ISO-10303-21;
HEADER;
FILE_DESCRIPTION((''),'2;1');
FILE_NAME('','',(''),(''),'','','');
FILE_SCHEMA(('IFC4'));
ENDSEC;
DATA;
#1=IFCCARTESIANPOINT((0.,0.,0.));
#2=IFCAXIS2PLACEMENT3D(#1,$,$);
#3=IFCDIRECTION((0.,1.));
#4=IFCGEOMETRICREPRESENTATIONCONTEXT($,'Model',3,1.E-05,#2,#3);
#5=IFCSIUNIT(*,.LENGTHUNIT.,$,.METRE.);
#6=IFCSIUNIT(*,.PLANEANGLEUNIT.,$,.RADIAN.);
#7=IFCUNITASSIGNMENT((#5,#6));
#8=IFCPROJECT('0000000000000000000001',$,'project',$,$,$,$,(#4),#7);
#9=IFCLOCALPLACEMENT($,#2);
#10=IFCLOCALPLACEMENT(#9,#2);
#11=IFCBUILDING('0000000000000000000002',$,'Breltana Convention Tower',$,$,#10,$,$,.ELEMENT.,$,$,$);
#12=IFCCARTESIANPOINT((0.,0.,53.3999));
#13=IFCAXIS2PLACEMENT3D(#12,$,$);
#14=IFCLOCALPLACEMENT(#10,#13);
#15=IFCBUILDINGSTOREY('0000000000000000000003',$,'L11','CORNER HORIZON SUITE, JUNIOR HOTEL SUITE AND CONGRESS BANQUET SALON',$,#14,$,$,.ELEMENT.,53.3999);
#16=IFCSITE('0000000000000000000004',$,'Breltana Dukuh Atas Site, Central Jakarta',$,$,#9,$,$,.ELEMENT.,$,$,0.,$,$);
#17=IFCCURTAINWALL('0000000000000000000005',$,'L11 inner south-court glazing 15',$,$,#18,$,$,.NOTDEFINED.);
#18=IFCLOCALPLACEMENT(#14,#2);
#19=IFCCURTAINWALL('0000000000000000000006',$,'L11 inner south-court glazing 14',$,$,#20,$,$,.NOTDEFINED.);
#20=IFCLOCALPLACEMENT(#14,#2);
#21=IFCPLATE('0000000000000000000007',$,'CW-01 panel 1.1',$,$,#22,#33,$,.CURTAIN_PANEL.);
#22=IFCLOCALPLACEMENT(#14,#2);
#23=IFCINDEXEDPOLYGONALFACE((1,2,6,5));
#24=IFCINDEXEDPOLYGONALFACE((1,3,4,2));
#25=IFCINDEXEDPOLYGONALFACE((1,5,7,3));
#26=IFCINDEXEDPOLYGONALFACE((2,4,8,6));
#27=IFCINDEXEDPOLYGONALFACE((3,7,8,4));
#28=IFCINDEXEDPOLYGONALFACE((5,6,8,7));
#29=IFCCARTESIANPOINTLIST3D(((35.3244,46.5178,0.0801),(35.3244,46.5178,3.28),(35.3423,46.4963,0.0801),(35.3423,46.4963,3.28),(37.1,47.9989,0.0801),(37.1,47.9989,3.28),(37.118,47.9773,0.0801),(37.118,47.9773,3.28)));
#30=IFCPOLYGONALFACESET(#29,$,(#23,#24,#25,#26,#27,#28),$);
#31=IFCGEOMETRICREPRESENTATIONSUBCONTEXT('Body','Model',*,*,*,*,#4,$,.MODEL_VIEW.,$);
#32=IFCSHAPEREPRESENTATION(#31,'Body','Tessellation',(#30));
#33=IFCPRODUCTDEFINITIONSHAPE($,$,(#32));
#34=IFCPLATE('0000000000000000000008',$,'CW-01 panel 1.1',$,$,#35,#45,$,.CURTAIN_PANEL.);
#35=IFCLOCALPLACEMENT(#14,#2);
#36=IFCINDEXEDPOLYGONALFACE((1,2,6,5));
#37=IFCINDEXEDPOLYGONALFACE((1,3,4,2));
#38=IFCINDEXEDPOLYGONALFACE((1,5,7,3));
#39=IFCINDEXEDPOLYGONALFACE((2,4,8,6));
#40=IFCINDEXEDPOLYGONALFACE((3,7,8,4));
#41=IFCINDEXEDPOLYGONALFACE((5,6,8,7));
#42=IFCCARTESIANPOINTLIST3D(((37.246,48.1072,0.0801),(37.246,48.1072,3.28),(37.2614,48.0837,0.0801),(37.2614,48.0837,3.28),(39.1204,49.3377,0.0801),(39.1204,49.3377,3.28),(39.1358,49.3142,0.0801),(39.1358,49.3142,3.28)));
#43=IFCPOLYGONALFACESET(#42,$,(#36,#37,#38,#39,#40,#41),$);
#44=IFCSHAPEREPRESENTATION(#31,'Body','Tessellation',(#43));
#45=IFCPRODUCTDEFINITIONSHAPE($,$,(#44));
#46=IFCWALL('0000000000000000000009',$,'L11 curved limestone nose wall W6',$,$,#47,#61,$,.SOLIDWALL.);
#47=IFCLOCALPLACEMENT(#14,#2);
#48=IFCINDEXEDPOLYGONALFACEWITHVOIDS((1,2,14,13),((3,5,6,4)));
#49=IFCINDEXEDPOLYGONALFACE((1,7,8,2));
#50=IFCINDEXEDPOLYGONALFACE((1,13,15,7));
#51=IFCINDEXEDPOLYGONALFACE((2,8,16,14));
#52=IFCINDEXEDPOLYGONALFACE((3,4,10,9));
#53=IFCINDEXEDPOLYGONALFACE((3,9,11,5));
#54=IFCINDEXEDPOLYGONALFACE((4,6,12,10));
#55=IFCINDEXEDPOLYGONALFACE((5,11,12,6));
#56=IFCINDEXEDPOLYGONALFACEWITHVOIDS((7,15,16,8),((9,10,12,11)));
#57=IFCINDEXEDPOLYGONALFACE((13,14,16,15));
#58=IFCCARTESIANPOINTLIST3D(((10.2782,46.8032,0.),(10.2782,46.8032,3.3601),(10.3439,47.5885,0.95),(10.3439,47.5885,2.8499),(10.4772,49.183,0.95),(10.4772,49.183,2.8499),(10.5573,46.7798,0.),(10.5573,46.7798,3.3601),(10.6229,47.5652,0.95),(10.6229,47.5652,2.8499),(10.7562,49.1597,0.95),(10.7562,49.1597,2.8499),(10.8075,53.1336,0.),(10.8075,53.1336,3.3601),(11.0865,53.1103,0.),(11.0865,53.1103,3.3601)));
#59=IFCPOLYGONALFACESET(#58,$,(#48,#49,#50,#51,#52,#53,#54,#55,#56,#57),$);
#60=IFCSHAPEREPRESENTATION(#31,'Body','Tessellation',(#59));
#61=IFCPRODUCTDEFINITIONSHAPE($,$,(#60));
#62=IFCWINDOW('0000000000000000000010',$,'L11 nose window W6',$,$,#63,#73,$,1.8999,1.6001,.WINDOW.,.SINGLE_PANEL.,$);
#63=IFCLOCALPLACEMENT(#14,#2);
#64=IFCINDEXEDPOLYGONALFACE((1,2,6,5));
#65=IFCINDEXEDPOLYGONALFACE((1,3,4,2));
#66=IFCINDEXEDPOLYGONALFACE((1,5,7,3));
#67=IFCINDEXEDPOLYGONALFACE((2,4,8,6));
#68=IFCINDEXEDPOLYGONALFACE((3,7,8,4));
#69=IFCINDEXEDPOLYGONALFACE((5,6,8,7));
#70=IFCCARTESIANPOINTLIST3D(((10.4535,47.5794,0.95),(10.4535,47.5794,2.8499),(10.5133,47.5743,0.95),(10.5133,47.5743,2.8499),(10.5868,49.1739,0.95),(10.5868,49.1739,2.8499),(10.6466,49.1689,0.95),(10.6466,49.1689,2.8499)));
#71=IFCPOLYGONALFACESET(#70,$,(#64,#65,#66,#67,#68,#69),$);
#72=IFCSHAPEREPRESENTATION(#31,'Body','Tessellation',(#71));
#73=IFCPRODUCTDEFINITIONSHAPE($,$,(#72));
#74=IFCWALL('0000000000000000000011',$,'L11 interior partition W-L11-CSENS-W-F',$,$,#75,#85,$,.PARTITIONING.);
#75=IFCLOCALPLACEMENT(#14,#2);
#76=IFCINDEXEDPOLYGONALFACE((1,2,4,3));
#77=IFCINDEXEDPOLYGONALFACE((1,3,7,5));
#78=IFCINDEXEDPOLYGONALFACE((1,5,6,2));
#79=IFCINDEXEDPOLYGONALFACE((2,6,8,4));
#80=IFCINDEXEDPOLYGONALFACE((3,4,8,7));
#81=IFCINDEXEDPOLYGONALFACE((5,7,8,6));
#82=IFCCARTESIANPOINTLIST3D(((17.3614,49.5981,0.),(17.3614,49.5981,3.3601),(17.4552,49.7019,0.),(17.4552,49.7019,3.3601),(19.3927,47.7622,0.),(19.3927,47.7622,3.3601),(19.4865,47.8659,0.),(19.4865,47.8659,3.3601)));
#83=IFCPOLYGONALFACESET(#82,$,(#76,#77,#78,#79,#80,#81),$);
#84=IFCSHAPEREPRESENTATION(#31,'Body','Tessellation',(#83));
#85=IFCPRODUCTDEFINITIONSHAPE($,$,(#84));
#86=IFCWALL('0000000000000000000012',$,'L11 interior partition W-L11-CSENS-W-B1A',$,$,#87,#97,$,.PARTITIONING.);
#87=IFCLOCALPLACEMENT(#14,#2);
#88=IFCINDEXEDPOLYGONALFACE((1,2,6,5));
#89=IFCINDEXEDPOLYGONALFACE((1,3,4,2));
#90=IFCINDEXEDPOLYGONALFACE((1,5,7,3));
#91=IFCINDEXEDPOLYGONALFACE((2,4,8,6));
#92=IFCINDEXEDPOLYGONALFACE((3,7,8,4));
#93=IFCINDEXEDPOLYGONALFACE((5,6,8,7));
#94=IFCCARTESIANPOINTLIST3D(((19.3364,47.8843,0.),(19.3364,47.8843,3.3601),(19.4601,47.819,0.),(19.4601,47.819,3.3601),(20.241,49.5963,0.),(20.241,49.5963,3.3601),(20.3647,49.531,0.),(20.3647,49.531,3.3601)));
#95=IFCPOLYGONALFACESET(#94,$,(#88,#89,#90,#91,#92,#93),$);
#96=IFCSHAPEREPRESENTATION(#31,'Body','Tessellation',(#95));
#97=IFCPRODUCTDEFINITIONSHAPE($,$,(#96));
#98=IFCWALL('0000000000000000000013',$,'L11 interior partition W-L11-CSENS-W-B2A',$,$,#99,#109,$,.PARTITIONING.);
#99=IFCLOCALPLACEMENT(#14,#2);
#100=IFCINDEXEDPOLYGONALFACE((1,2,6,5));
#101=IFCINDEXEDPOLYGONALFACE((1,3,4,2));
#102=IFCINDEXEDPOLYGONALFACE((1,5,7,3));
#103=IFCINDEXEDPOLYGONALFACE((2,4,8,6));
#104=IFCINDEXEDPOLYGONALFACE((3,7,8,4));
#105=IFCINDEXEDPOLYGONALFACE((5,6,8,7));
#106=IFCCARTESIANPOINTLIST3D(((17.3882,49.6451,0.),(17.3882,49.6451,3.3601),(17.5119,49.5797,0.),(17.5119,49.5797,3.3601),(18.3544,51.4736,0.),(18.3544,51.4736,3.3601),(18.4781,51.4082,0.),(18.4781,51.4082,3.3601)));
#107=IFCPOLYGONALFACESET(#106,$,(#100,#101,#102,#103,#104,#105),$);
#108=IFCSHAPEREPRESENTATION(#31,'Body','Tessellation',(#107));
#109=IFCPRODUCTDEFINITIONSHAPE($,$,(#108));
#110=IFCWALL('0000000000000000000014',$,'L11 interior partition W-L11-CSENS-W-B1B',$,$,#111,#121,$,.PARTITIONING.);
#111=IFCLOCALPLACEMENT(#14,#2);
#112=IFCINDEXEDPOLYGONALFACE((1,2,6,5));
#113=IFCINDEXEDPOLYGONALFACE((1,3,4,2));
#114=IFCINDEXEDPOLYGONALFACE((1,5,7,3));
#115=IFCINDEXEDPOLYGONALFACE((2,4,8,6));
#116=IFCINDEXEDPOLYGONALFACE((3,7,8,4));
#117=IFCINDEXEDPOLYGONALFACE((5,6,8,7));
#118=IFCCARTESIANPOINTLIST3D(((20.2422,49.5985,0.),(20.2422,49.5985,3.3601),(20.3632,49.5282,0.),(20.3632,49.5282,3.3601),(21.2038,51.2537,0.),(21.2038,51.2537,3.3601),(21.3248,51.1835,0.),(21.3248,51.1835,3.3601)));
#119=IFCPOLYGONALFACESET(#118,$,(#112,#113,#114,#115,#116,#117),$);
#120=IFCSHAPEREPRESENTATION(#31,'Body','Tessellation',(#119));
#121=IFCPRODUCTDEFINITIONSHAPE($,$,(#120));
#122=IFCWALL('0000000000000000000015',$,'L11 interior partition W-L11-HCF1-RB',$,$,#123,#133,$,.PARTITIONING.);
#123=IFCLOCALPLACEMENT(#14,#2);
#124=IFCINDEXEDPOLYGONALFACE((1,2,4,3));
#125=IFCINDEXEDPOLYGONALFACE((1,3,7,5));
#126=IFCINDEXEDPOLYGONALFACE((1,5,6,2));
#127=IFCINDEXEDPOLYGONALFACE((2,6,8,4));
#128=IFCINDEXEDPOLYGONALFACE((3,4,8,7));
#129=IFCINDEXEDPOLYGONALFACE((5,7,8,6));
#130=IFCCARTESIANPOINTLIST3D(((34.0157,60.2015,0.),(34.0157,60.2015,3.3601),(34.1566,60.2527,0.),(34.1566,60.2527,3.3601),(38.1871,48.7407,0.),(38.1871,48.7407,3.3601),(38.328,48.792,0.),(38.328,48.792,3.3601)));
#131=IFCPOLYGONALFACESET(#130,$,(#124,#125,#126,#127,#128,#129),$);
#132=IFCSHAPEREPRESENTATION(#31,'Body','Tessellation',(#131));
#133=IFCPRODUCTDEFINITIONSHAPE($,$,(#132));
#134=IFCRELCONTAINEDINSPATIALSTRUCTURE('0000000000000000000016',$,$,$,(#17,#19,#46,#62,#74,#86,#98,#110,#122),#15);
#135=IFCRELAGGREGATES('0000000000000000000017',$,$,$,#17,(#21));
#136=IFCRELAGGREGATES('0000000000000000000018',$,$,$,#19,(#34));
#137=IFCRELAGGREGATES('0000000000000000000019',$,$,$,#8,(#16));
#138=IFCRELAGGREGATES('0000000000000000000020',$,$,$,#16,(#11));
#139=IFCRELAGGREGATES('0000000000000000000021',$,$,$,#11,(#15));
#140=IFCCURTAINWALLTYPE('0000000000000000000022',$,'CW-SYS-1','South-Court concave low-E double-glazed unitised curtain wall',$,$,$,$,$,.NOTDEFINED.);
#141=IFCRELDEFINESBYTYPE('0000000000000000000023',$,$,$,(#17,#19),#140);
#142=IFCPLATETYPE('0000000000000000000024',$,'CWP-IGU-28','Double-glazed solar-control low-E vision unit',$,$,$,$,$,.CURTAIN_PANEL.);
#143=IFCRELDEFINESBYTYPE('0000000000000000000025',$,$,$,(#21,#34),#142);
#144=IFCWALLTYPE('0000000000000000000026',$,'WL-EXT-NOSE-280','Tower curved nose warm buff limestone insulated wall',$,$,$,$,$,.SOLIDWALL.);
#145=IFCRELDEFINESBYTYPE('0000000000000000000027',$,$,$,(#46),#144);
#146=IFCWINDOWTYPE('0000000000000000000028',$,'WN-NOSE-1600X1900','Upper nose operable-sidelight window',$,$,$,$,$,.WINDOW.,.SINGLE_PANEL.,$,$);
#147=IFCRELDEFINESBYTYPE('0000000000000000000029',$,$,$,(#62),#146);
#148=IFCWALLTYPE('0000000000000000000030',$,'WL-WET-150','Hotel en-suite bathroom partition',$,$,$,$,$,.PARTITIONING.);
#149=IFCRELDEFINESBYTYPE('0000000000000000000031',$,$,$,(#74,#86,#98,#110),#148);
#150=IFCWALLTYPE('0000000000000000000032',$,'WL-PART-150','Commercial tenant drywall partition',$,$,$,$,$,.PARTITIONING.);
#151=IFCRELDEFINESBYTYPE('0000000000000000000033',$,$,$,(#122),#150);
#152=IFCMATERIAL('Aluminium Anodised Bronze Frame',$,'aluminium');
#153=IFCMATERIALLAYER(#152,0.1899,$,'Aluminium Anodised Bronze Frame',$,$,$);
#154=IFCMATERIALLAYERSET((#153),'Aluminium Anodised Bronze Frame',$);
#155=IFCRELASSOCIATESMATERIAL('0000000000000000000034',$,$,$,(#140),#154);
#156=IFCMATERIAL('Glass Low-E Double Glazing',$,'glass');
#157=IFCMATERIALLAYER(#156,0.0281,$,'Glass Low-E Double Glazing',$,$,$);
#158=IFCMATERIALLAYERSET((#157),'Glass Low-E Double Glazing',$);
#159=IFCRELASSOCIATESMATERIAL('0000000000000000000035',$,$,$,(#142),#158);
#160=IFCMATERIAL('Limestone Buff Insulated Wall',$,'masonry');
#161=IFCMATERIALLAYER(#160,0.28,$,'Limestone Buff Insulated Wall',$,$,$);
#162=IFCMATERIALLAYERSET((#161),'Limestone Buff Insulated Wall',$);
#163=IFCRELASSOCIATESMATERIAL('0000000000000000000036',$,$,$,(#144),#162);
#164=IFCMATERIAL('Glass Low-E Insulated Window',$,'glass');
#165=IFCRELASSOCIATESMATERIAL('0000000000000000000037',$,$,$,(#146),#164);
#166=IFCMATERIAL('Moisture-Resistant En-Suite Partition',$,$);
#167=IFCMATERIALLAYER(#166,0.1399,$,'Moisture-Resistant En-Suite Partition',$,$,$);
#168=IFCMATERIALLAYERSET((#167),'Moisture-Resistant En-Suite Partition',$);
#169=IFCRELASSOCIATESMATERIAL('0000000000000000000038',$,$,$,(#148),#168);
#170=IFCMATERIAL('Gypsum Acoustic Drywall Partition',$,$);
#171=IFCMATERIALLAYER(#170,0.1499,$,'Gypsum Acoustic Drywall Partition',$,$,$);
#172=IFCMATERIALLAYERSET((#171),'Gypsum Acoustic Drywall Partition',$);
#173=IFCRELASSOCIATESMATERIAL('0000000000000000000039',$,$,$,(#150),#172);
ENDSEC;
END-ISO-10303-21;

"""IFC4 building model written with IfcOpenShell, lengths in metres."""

from ifc_helpers import new_model, si_unit, direction, frame, frame_2d, origin, origin_2d, place, context, subcontext, project, spatial, rectangle, extrude, source, transform, mapped, material, layer, layer_set, type_object, type_shapes, element, fill, aggregate, save


model = new_model("IFC4")

# Units and contexts
model_context = context("Model", 3, precision=1e-05, world=origin(), true_north=direction((0.0, 1.0)))
body_context = subcontext(model_context, "Body", "Model", "MODEL_VIEW")
ifc_project = project(units=[si_unit("LENGTHUNIT", "METRE"), si_unit("PLANEANGLEUNIT", "RADIAN")], contexts=[model_context])

# Site, building, storey
site_placement = place(None, origin())
site = spatial("IfcSite", under=ifc_project, at=site_placement, Name="Breltana Dukuh Atas Site, Central Jakarta", CompositionType="ELEMENT", RefElevation=0.0)
building_placement = place(site_placement, origin())
building = spatial("IfcBuilding", under=site, at=building_placement, Name="Breltana Convention Tower", CompositionType="ELEMENT")
storey_placement = place(building_placement, frame((0.0, 0.0, 53.3999)))
storey = spatial("IfcBuildingStorey", under=building, at=storey_placement, Name="L11", Description="CORNER HORIZON SUITE, JUNIOR HOTEL SUITE AND CONGRESS BANQUET SALON", CompositionType="ELEMENT", Elevation=53.3999)

# Curtain walls
ifc_material_1 = material(Name="Aluminium Anodised Bronze Frame", Category="aluminium")
ifc_layer_1 = layer(ifc_material_1, 0.1899, Name="Aluminium Anodised Bronze Frame")
ifc_layer_set_1 = layer_set([ifc_layer_1], Name="Aluminium Anodised Bronze Frame")
curtain_wall_type = type_object("IfcCurtainWallType", Name="CW-SYS-1", Description="South-Court concave low-E double-glazed unitised curtain wall", PredefinedType="NOTDEFINED", material=ifc_layer_set_1)
curtain_wall_1_placement = place(storey_placement, origin())
curtain_wall_1 = element("IfcCurtainWall", 1, at=curtain_wall_1_placement, inside=storey, type_object=curtain_wall_type, Name="L11 inner south-court glazing 15", PredefinedType="NOTDEFINED")
curtain_wall_2_placement = place(storey_placement, origin())
curtain_wall_2 = element("IfcCurtainWall", 2, at=curtain_wall_2_placement, inside=storey, type_object=curtain_wall_type, Name="L11 inner south-court glazing 14", PredefinedType="NOTDEFINED")

# Plates
ifc_material_2 = material(Name="Glass Low-E Double Glazing", Category="glass")
ifc_layer_2 = layer(ifc_material_2, 0.0281, Name="Glass Low-E Double Glazing")
ifc_layer_set_2 = layer_set([ifc_layer_2], Name="Glass Low-E Double Glazing")
plate_type = type_object("IfcPlateType", Name="CWP-IGU-28", Description="Double-glazed solar-control low-E vision unit", PredefinedType="CURTAIN_PANEL", material=ifc_layer_set_2)
shared_shape_1 = source(origin(), body_context, "Body", "SweptSolid", [
    extrude(rectangle(XDim=2.3123, YDim=0.0281, at=origin_2d()), origin(), (0.0, 0.0, 1.0), 3.2),
])
plate_1_placement = place(storey_placement, frame((36.2212, 47.2476, 0.0801), z_axis=(0.0, 0.0, 1.0), x_axis=(-0.767939, -0.640523, 0.0)))
plate_1 = element("IfcPlate", 3, at=plate_1_placement, type_object=plate_type, Name="CW-01 panel 1.1", PredefinedType="CURTAIN_PANEL", context=body_context, shape_type="MappedRepresentation", body=[
    mapped(shared_shape_1, transform((0.0, 0.0, 0.0), scale=1.0)),
])
aggregate(curtain_wall_1, [plate_1])
shared_shape_2 = source(origin(), body_context, "Body", "SweptSolid", [
    extrude(rectangle(XDim=2.2422, YDim=0.0281, at=origin_2d()), origin(), (0.0, 0.0, 1.0), 3.2),
])
plate_2_placement = place(storey_placement, frame((38.1909, 48.7107, 0.0801), z_axis=(0.0, 0.0, 1.0), x_axis=(-0.835968, -0.548778, 0.0)))
plate_2 = element("IfcPlate", 4, at=plate_2_placement, type_object=plate_type, Name="CW-01 panel 1.1", PredefinedType="CURTAIN_PANEL", context=body_context, shape_type="MappedRepresentation", body=[
    mapped(shared_shape_2, transform((0.0, 0.0, 0.0), scale=1.0)),
])
aggregate(curtain_wall_2, [plate_2])

# Wall, opening, window
ifc_material_3 = material(Name="Limestone Buff Insulated Wall", Category="masonry")
ifc_layer_3 = layer(ifc_material_3, 0.28, Name="Limestone Buff Insulated Wall")
ifc_layer_set_3 = layer_set([ifc_layer_3], Name="Limestone Buff Insulated Wall")
wall_type_1 = type_object("IfcWallType", Name="WL-EXT-NOSE-280", Description="Tower curved nose warm buff limestone insulated wall", PredefinedType="SOLIDWALL", material=ifc_layer_set_3)
shared_shape_3 = source(origin(), body_context, "Body", "SweptSolid", [
    extrude(rectangle(XDim=6.3525, YDim=0.28, at=frame_2d((3.1763, 0.0))), origin(), (0.0, 0.0, 1.0), 3.3601),
])
wall_1_placement = place(storey_placement, frame((10.4177, 46.7915, 0.0), z_axis=(0.0, 0.0, 1.0), x_axis=(0.083319, 0.996523, 0.0)))
wall_1 = element("IfcWall", 5, at=wall_1_placement, inside=storey, type_object=wall_type_1, Name="L11 curved limestone nose wall W6", PredefinedType="SOLIDWALL", context=body_context, shape_type="MappedRepresentation", body=[
    mapped(shared_shape_3, transform((0.0, 0.0, 0.0), scale=1.0)),
])
opening_placement = place(wall_1_placement, frame((0.7881, 0.0, 0.95)))
opening = element("IfcOpeningElement", 6, at=opening_placement, cuts=wall_1, PredefinedType="OPENING", context=body_context, shape_type="SweptSolid", body=[
    extrude(rectangle(XDim=1.6001, YDim=1.8999, at=frame_2d((0.8, 0.95))), frame((0.0, 0.1499, 0.0), z_axis=(0.0, -1.0, 0.0), x_axis=(1.0, 0.0, 0.0)), (0.0, 0.0, 1.0), 0.3),
])
ifc_material_4 = material(Name="Glass Low-E Insulated Window", Category="glass")
window_type = type_object("IfcWindowType", Name="WN-NOSE-1600X1900", Description="Upper nose operable-sidelight window", PartitioningType="SINGLE_PANEL", PredefinedType="WINDOW", material=ifc_material_4)
shared_shape_4 = source(origin(), body_context, "Body", "SweptSolid", [
    extrude(rectangle(XDim=1.6001, YDim=1.8999, at=frame_2d((0.8, 0.95))), frame((0.0, 0.03, 0.0), z_axis=(0.0, -1.0, 0.0), x_axis=(1.0, 0.0, 0.0)), (0.0, 0.0, 1.0), 0.0601),
])
type_shapes(window_type, [shared_shape_4])
window_placement = place(opening_placement, origin())
window = element("IfcWindow", 7, at=window_placement, inside=storey, type_object=window_type, Name="L11 nose window W6", OverallHeight=1.8999, OverallWidth=1.6001, PartitioningType="SINGLE_PANEL", PredefinedType="WINDOW", context=body_context, shape_type="MappedRepresentation", body=[
    mapped(shared_shape_4, transform((0.0, 0.0, 0.0), scale=1.0)),
])
fill(opening, window)

# Walls
ifc_material_5 = material(Name="Moisture-Resistant En-Suite Partition")
ifc_layer_4 = layer(ifc_material_5, 0.1399, Name="Moisture-Resistant En-Suite Partition")
ifc_layer_set_4 = layer_set([ifc_layer_4], Name="Moisture-Resistant En-Suite Partition")
wall_type_2 = type_object("IfcWallType", Name="WL-WET-150", Description="Hotel en-suite bathroom partition", PredefinedType="PARTITIONING", material=ifc_layer_set_4)
shared_shape_5 = source(origin(), body_context, "Body", "SweptSolid", [
    extrude(rectangle(XDim=2.738, YDim=0.1399, at=frame_2d((1.3691, 0.0))), origin(), (0.0, 0.0, 1.0), 3.3601),
])
wall_2_placement = place(storey_placement, frame((19.4397, 47.814, 0.0), z_axis=(0.0, 0.0, 1.0), x_axis=(-0.741874, 0.67054, 0.0)))
element("IfcWall", 8, at=wall_2_placement, inside=storey, type_object=wall_type_2, Name="L11 interior partition W-L11-CSENS-W-F", PredefinedType="PARTITIONING", context=body_context, shape_type="MappedRepresentation", body=[
    mapped(shared_shape_5, transform((0.0, 0.0, 0.0), scale=1.0)),
])
shared_shape_6 = source(origin(), body_context, "Body", "SweptSolid", [
    extrude(rectangle(XDim=1.9363, YDim=0.1399, at=frame_2d((0.9683, 0.0))), origin(), (0.0, 0.0, 1.0), 3.3601),
])
wall_3_placement = place(storey_placement, frame((19.3982, 47.8516, 0.0), z_axis=(0.0, 0.0, 1.0), x_axis=(0.467175, 0.884165, 0.0)))
element("IfcWall", 9, at=wall_3_placement, inside=storey, type_object=wall_type_2, Name="L11 interior partition W-L11-CSENS-W-B1A", PredefinedType="PARTITIONING", context=body_context, shape_type="MappedRepresentation", body=[
    mapped(shared_shape_6, transform((0.0, 0.0, 0.0), scale=1.0)),
])
shared_shape_7 = source(origin(), body_context, "Body", "SweptSolid", [
    extrude(rectangle(XDim=2.0681, YDim=0.1399, at=frame_2d((1.0342, 0.0))), origin(), (0.0, 0.0, 1.0), 3.3601),
])
wall_4_placement = place(storey_placement, frame((17.45, 49.6123, 0.0), z_axis=(0.0, 0.0, 1.0), x_axis=(0.467215, 0.884144, 0.0)))
element("IfcWall", 10, at=wall_4_placement, inside=storey, type_object=wall_type_2, Name="L11 interior partition W-L11-CSENS-W-B2A", PredefinedType="PARTITIONING", context=body_context, shape_type="MappedRepresentation", body=[
    mapped(shared_shape_7, transform((0.0, 0.0, 0.0), scale=1.0)),
])
shared_shape_8 = source(origin(), body_context, "Body", "SweptSolid", [
    extrude(rectangle(XDim=1.9143, YDim=0.1399, at=frame_2d((0.957, 0.0))), origin(), (0.0, 0.0, 1.0), 3.3601),
])
wall_5_placement = place(storey_placement, frame((20.3027, 49.5635, 0.0), z_axis=(0.0, 0.0, 1.0), x_axis=(0.502348, 0.864666, 0.0)))
element("IfcWall", 11, at=wall_5_placement, inside=storey, type_object=wall_type_2, Name="L11 interior partition W-L11-CSENS-W-B1B", PredefinedType="PARTITIONING", context=body_context, shape_type="MappedRepresentation", body=[
    mapped(shared_shape_8, transform((0.0, 0.0, 0.0), scale=1.0)),
])
ifc_material_6 = material(Name="Gypsum Acoustic Drywall Partition")
ifc_layer_5 = layer(ifc_material_6, 0.1499, Name="Gypsum Acoustic Drywall Partition")
ifc_layer_set_5 = layer_set([ifc_layer_5], Name="Gypsum Acoustic Drywall Partition")
wall_type_3 = type_object("IfcWallType", Name="WL-PART-150", Description="Commercial tenant drywall partition", PredefinedType="PARTITIONING", material=ifc_layer_set_5)
shared_shape_9 = source(origin(), body_context, "Body", "SweptSolid", [
    extrude(rectangle(XDim=12.1963, YDim=0.1499, at=frame_2d((6.0981, 0.0))), origin(), (0.0, 0.0, 1.0), 3.3601),
])
wall_6_placement = place(storey_placement, frame((38.2576, 48.7664, 0.0), z_axis=(0.0, 0.0, 1.0), x_axis=(-0.342023, 0.939692, 0.0)))
element("IfcWall", 12, at=wall_6_placement, inside=storey, type_object=wall_type_3, Name="L11 interior partition W-L11-HCF1-RB", PredefinedType="PARTITIONING", context=body_context, shape_type="MappedRepresentation", body=[
    mapped(shared_shape_9, transform((0.0, 0.0, 0.0), scale=1.0)),
])

save(model, "model.ifc")
